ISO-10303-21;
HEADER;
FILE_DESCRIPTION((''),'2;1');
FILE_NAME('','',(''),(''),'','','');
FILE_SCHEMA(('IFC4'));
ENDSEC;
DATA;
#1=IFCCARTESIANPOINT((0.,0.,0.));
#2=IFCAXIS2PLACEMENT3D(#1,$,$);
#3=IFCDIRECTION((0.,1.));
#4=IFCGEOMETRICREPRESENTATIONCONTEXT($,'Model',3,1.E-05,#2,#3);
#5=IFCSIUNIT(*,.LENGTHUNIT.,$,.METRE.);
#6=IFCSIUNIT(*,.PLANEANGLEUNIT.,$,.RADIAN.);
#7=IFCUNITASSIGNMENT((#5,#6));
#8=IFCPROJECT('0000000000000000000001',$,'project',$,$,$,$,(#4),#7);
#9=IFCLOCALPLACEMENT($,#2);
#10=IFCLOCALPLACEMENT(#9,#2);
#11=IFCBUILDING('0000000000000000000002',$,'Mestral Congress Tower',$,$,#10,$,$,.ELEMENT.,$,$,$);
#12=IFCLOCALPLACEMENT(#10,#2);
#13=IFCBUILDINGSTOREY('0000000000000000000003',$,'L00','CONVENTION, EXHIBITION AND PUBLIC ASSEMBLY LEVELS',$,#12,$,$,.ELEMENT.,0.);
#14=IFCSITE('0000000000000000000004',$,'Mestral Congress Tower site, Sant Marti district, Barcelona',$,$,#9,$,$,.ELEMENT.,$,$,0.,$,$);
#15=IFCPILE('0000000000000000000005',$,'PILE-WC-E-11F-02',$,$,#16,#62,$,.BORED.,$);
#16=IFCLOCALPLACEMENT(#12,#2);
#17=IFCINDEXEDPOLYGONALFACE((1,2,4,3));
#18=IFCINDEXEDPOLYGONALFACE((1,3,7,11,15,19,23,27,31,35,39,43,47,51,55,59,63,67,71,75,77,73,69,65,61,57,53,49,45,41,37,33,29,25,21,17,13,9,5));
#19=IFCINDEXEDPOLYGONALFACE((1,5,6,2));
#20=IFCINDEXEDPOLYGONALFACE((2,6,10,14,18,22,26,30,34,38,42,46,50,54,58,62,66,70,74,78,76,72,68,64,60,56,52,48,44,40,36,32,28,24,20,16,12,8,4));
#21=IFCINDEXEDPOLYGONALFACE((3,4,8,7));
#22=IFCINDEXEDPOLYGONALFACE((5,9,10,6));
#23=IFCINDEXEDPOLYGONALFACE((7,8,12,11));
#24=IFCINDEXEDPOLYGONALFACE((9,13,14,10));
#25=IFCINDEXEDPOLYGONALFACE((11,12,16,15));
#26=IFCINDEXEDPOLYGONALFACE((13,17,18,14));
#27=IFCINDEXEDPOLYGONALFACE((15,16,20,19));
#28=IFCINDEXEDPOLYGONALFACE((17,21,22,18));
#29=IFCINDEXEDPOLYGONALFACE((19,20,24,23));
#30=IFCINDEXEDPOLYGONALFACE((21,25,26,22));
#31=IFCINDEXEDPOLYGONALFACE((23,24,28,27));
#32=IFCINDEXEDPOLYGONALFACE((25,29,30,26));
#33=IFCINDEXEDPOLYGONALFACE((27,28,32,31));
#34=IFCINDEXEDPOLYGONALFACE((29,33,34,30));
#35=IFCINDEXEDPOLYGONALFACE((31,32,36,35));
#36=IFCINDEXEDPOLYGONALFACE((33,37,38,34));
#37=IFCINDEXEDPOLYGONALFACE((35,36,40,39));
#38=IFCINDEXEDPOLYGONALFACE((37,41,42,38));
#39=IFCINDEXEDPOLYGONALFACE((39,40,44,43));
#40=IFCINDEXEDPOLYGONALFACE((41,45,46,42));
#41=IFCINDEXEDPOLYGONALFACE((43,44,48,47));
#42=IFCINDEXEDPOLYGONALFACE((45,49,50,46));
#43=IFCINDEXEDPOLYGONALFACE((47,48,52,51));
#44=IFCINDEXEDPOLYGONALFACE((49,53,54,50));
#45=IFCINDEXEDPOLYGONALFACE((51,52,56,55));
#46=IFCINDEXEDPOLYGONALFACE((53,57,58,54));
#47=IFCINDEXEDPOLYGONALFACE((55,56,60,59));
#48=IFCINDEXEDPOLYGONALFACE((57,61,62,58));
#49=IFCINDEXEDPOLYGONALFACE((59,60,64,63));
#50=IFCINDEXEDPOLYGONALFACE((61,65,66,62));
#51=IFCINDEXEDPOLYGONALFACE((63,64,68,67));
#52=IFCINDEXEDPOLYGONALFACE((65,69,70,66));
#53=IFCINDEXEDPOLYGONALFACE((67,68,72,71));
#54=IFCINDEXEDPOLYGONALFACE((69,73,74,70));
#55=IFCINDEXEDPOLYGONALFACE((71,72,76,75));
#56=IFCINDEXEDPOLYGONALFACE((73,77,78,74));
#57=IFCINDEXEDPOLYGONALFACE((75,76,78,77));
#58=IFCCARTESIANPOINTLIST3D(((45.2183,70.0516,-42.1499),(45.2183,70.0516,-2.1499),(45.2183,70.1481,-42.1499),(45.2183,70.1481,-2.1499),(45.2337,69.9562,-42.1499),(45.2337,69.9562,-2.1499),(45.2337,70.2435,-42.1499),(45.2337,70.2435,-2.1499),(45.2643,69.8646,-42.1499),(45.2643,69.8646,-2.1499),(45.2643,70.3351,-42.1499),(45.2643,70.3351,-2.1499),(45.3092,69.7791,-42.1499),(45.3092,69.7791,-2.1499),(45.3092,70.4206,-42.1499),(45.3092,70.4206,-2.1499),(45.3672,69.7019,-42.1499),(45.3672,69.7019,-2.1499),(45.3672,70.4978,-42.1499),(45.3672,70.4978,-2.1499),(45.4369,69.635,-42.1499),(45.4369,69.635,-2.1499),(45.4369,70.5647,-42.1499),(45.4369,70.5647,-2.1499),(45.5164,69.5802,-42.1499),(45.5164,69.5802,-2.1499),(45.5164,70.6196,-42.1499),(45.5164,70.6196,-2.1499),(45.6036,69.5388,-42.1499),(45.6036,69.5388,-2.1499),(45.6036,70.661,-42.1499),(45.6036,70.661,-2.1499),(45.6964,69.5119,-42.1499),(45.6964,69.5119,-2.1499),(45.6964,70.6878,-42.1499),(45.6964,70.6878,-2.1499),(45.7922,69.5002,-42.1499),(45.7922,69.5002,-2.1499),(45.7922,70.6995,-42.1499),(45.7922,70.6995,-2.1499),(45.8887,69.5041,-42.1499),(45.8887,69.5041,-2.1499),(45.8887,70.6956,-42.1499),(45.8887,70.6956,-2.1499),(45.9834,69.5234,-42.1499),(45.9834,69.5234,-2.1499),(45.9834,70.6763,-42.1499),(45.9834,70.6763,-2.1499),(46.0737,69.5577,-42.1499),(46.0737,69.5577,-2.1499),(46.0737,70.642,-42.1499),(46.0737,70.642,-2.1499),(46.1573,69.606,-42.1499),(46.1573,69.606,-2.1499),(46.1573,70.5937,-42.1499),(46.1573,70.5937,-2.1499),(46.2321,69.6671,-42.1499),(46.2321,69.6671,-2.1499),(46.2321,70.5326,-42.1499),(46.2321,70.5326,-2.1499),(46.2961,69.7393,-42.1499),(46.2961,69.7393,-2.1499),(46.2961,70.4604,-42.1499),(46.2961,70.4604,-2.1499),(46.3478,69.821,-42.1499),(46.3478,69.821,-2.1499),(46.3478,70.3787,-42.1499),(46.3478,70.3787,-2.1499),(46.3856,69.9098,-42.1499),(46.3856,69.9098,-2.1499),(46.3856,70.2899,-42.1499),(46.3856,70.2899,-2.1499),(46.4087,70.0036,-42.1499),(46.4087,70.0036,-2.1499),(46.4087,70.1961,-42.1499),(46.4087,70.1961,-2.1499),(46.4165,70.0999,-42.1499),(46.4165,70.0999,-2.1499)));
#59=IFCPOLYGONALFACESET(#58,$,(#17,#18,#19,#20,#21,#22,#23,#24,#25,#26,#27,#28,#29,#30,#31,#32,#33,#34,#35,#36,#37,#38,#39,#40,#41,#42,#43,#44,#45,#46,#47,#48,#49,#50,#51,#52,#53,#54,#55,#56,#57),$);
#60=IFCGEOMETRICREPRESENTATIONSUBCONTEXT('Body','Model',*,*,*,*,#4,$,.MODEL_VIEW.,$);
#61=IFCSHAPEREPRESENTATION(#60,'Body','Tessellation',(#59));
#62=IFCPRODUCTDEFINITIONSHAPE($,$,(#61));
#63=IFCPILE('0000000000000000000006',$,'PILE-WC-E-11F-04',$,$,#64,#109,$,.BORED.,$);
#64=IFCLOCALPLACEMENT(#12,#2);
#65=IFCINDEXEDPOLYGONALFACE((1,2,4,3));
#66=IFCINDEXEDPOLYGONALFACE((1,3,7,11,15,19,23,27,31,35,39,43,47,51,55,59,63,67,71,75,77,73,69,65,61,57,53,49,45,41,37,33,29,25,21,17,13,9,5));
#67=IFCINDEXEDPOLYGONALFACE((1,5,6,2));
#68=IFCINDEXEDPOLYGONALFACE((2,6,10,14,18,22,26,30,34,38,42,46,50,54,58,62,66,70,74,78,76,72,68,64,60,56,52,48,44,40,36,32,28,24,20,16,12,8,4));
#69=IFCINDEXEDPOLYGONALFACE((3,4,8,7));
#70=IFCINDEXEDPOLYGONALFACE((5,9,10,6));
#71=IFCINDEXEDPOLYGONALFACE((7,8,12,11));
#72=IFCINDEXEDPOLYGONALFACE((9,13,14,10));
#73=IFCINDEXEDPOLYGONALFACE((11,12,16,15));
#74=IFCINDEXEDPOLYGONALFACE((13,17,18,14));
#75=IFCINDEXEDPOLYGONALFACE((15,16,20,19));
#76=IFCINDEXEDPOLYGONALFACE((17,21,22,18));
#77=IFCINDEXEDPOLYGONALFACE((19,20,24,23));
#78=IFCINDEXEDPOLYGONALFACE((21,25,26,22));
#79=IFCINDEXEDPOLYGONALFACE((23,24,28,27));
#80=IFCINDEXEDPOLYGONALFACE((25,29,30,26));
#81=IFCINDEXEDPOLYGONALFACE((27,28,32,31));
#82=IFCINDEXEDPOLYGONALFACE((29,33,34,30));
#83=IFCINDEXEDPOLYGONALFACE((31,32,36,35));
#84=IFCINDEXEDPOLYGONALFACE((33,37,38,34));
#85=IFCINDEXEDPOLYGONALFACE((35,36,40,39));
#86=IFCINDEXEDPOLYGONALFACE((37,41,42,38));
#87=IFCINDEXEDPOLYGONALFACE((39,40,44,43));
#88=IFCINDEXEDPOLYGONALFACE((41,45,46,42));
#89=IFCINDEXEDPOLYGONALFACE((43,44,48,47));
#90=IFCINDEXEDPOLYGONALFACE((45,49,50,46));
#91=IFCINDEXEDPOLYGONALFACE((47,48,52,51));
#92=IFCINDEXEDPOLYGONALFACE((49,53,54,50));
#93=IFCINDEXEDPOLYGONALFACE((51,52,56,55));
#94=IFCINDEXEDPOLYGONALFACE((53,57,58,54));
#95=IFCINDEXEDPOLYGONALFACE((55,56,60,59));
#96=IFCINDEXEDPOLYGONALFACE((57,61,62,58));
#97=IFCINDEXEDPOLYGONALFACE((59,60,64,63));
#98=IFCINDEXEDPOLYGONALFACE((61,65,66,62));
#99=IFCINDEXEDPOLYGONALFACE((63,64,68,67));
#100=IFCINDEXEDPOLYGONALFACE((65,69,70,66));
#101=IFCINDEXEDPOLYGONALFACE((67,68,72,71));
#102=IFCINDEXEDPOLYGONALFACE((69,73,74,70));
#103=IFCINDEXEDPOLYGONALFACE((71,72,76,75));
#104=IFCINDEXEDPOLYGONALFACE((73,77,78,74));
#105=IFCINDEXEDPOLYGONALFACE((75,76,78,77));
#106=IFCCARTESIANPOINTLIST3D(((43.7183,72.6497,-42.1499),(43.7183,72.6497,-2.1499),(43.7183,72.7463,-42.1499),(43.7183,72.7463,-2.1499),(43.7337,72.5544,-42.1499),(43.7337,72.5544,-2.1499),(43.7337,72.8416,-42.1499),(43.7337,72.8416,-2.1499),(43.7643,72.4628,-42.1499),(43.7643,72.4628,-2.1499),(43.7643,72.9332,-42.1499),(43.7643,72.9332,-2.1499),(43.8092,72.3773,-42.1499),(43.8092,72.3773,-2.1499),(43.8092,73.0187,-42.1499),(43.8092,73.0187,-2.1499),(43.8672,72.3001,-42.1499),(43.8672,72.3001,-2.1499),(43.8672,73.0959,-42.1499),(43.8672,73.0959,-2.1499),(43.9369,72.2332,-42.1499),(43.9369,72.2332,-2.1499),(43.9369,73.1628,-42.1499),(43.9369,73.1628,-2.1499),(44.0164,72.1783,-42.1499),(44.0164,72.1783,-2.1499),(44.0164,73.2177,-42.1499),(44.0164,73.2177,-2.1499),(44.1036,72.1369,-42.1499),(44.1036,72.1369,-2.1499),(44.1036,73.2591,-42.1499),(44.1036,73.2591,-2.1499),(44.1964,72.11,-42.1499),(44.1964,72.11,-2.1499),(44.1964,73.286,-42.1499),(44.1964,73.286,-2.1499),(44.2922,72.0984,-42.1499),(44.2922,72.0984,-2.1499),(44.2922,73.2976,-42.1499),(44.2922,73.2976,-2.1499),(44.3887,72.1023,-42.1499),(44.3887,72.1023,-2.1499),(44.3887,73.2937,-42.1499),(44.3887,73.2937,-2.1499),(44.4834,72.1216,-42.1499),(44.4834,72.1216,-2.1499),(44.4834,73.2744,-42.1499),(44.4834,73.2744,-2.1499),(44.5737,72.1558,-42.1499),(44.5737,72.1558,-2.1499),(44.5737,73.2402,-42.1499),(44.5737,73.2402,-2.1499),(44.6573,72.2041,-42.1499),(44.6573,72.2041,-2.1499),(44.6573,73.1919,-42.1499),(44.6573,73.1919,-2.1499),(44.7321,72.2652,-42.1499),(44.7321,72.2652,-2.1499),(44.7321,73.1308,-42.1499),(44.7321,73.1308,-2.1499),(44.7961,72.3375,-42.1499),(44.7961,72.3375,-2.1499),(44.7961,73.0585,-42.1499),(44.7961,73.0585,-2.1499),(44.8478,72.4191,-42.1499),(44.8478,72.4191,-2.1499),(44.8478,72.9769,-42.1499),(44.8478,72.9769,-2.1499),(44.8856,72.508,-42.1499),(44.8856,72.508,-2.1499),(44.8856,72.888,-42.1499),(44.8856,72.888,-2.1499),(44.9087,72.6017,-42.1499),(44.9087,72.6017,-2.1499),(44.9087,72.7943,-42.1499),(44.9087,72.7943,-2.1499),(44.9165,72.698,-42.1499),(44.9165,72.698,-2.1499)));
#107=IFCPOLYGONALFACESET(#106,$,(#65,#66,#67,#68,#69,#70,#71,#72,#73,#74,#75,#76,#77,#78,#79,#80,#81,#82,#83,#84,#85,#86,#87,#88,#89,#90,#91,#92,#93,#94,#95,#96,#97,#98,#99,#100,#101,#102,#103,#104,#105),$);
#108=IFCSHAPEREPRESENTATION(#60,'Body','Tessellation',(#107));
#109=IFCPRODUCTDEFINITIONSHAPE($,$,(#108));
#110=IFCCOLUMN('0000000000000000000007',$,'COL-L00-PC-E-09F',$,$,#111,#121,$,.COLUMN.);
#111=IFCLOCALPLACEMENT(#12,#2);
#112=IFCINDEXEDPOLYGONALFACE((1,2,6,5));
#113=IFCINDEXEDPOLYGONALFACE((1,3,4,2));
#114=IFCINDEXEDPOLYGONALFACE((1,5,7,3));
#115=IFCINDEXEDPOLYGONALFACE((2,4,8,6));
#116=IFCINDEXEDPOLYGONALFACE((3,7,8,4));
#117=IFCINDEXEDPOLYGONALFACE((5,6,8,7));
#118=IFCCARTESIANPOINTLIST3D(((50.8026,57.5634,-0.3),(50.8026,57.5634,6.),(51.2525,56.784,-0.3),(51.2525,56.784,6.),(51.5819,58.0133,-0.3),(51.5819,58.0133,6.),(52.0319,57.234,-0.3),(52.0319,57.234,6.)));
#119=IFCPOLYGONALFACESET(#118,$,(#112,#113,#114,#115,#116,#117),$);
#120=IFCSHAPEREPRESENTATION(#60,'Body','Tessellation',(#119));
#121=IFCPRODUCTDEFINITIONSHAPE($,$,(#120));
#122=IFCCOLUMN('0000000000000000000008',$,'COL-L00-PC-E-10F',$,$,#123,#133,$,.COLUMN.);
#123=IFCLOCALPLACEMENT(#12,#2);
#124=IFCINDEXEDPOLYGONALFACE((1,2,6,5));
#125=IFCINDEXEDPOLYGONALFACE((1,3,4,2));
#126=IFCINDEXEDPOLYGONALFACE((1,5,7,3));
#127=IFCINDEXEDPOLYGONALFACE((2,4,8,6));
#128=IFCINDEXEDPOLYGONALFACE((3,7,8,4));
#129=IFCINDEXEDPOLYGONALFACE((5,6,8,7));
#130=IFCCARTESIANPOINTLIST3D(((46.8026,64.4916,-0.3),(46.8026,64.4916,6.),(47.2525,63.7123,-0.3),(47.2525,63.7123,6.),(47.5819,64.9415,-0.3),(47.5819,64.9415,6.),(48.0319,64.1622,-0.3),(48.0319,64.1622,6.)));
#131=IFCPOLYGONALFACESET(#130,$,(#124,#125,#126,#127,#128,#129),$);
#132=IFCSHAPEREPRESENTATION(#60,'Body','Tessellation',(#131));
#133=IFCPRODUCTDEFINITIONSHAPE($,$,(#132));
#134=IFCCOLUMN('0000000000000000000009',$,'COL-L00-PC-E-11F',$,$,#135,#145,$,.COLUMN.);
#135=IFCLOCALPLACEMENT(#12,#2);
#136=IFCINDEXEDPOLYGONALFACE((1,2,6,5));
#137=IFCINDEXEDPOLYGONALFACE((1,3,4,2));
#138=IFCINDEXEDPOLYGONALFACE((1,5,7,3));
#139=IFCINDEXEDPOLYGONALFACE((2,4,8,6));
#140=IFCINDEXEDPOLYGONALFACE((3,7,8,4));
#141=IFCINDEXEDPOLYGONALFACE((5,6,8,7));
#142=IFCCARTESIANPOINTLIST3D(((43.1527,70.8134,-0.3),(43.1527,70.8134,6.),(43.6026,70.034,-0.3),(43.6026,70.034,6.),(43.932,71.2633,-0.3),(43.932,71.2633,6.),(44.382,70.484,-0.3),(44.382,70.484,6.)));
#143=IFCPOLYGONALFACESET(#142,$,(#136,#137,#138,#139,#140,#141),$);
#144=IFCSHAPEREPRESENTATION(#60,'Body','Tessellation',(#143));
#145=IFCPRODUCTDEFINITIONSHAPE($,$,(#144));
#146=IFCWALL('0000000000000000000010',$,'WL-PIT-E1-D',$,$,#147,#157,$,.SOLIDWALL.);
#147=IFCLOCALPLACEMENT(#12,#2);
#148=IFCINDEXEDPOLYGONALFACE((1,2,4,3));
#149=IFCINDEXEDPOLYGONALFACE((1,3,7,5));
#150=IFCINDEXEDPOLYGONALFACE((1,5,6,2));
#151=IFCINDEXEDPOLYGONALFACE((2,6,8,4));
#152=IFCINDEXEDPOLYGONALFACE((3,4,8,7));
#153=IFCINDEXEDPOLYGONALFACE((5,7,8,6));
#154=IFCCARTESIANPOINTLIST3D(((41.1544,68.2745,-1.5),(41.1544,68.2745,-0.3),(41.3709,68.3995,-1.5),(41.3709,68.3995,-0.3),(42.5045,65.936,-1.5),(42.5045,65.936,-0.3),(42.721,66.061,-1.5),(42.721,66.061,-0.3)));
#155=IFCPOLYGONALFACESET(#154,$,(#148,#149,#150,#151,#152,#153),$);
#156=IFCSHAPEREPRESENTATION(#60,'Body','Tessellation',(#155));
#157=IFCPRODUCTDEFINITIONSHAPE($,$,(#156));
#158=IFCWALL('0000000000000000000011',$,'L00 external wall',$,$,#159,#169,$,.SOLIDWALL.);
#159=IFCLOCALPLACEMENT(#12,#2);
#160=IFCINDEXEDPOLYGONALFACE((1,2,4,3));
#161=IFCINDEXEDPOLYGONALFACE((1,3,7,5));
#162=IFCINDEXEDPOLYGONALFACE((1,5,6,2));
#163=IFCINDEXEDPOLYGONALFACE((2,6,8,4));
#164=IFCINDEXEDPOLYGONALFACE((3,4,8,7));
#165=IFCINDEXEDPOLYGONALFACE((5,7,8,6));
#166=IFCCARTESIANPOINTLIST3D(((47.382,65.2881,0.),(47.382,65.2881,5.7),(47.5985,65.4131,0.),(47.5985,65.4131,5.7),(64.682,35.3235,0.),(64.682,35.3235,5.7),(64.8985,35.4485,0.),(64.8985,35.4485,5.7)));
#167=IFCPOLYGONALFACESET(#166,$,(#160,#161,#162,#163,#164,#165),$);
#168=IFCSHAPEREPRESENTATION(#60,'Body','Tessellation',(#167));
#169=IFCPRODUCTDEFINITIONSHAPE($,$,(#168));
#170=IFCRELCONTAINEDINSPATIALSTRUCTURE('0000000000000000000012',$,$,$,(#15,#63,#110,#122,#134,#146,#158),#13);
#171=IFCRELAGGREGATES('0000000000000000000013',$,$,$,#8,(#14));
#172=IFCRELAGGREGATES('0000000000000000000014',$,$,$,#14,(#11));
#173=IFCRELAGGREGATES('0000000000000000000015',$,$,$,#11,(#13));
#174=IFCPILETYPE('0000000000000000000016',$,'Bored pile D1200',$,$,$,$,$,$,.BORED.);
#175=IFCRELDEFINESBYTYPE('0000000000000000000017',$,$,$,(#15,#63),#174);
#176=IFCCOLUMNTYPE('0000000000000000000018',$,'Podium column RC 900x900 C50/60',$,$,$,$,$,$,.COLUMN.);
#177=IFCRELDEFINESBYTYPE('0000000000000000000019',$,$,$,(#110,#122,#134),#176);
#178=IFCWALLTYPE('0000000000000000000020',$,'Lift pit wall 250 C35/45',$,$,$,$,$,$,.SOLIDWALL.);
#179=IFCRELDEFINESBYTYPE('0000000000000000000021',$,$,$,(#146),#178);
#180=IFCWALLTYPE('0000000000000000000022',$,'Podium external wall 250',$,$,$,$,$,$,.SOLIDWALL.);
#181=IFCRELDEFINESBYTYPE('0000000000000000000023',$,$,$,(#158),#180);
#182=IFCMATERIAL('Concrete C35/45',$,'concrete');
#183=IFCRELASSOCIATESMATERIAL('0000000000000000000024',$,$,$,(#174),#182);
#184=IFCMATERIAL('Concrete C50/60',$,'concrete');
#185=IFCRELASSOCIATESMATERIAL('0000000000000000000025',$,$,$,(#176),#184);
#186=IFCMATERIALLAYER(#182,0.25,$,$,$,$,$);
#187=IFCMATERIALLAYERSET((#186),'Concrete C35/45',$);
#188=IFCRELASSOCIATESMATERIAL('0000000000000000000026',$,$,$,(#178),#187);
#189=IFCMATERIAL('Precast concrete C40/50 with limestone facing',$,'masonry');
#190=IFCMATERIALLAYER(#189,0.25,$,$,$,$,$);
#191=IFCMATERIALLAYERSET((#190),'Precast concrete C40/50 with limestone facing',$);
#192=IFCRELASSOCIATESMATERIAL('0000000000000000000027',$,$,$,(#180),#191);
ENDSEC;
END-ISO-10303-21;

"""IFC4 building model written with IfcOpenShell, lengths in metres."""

from ifc_helpers import new_model, si_unit, direction, frame, frame_2d, origin, origin_2d, place, context, subcontext, project, spatial, rectangle, circle, extrude, material, layer, layer_set, material_profile, profile_set, type_object, element, save


model = new_model("IFC4")

# Units and contexts
model_context = context("Model", 3, precision=1e-05, world=origin(), true_north=direction((0.0, 1.0)))
body_context = subcontext(model_context, "Body", "Model", "MODEL_VIEW")
ifc_project = project(units=[si_unit("LENGTHUNIT", "METRE"), si_unit("PLANEANGLEUNIT", "RADIAN")], contexts=[model_context])

# Site, building, storey
site_placement = place(None, origin())
site = spatial("IfcSite", under=ifc_project, at=site_placement, Name="Mestral Congress Tower site, Sant Marti district, Barcelona", CompositionType="ELEMENT", RefElevation=0.0)
building_placement = place(site_placement, origin())
building = spatial("IfcBuilding", under=site, at=building_placement, Name="Mestral Congress Tower", CompositionType="ELEMENT")
storey_placement = place(building_placement, origin())
storey = spatial("IfcBuildingStorey", under=building, at=storey_placement, Name="L00", Description="CONVENTION, EXHIBITION AND PUBLIC ASSEMBLY LEVELS", CompositionType="ELEMENT", Elevation=0.0)

# Piles
ifc_material_1 = material(Name="Concrete C35/45", Category="concrete")
ifc_material_profile_1 = material_profile(ifc_material_1, circle(Radius=0.6001, at=origin_2d()), Name="D1200")
ifc_profile_set_1 = profile_set([ifc_material_profile_1], Name="Concrete C35/45")
pile_type = type_object("IfcPileType", Name="Bored pile D1200", PredefinedType="BORED", material=ifc_profile_set_1)
for number, where, z_axis, x_axis, name in (
    (1, (45.8164, 70.0999, -2.1499), (0.0, 0.0, -1.0), (1.0, 0.0, 0.0), "PILE-WC-E-11F-02"),
    (2, (44.3164, 72.698, -2.1499), (0.0, 0.0, -1.0), (1.0, 0.0, 0.0), "PILE-WC-E-11F-04"),
):
    element("IfcPile", number, at=place(storey_placement, frame(where, z_axis=z_axis, x_axis=x_axis)), inside=storey, type_object=pile_type, Name=name, PredefinedType="BORED", context=body_context, shape_type="SweptSolid", body=[
        extrude(circle(Radius=0.6001, at=origin_2d()), origin(), (0.0, 0.0, 1.0), 40.0),
    ])

# Columns
ifc_material_2 = material(Name="Concrete C50/60", Category="concrete")
ifc_material_profile_2 = material_profile(ifc_material_2, rectangle(XDim=0.8999, YDim=0.8999, at=origin_2d()), Name="RC 900x900")
ifc_profile_set_2 = profile_set([ifc_material_profile_2], Name="Concrete C50/60")
column_type = type_object("IfcColumnType", Name="Podium column RC 900x900 C50/60", PredefinedType="COLUMN", material=ifc_profile_set_2)
for number, where, z_axis, x_axis, name in (
    (3, (51.4172, 57.3987, -0.3), (0.0, 0.0, 1.0), (-0.5, 0.866025, 0.0), "COL-L00-PC-E-09F"),
    (4, (47.4172, 64.3269, -0.3), (0.0, 0.0, 1.0), (-0.5, 0.866025, 0.0), "COL-L00-PC-E-10F"),
    (5, (43.7673, 70.6487, -0.3), (0.0, 0.0, 1.0), (-0.5, 0.866025, 0.0), "COL-L00-PC-E-11F"),
):
    element("IfcColumn", number, at=place(storey_placement, frame(where, z_axis=z_axis, x_axis=x_axis)), inside=storey, type_object=column_type, Name=name, PredefinedType="COLUMN", context=body_context, shape_type="SweptSolid", body=[
        extrude(rectangle(XDim=0.8999, YDim=0.8999, at=origin_2d()), origin(), (0.0, 0.0, 1.0), 6.3),
    ])

# Walls
ifc_layer_1 = layer(ifc_material_1, 0.25)
ifc_layer_set_1 = layer_set([ifc_layer_1], Name="Concrete C35/45")
wall_type_1 = type_object("IfcWallType", Name="Lift pit wall 250 C35/45", PredefinedType="SOLIDWALL", material=ifc_layer_set_1)
wall_1_placement = place(storey_placement, frame((42.6128, 65.9985, -1.5), z_axis=(0.0, 0.0, 1.0), x_axis=(-0.500009, 0.86602, 0.0)))
element("IfcWall", 6, at=wall_1_placement, inside=storey, type_object=wall_type_1, Name="WL-PIT-E1-D", PredefinedType="SOLIDWALL", context=body_context, shape_type="SweptSolid", body=[
    extrude(rectangle(XDim=2.7002, YDim=0.25, at=frame_2d((1.3501, 0.0))), origin(), (0.0, 0.0, 1.0), 1.2),
])
ifc_material_3 = material(Name="Precast concrete C40/50 with limestone facing", Category="masonry")
ifc_layer_2 = layer(ifc_material_3, 0.25)
ifc_layer_set_2 = layer_set([ifc_layer_2], Name="Precast concrete C40/50 with limestone facing")
wall_type_2 = type_object("IfcWallType", Name="Podium external wall 250", PredefinedType="SOLIDWALL", material=ifc_layer_set_2)
wall_2_placement = place(storey_placement, frame((47.4902, 65.3506, 0.0), z_axis=(0.0, 0.0, 1.0), x_axis=(0.5, -0.866026, 0.0)))
element("IfcWall", 7, at=wall_2_placement, inside=storey, type_object=wall_type_2, Name="L00 external wall", PredefinedType="SOLIDWALL", context=body_context, shape_type="SweptSolid", body=[
    extrude(rectangle(XDim=34.6001, YDim=0.25, at=frame_2d((17.3, 0.0))), origin(), (0.0, 0.0, 1.0), 5.7),
])

save(model, "model.ifc")
